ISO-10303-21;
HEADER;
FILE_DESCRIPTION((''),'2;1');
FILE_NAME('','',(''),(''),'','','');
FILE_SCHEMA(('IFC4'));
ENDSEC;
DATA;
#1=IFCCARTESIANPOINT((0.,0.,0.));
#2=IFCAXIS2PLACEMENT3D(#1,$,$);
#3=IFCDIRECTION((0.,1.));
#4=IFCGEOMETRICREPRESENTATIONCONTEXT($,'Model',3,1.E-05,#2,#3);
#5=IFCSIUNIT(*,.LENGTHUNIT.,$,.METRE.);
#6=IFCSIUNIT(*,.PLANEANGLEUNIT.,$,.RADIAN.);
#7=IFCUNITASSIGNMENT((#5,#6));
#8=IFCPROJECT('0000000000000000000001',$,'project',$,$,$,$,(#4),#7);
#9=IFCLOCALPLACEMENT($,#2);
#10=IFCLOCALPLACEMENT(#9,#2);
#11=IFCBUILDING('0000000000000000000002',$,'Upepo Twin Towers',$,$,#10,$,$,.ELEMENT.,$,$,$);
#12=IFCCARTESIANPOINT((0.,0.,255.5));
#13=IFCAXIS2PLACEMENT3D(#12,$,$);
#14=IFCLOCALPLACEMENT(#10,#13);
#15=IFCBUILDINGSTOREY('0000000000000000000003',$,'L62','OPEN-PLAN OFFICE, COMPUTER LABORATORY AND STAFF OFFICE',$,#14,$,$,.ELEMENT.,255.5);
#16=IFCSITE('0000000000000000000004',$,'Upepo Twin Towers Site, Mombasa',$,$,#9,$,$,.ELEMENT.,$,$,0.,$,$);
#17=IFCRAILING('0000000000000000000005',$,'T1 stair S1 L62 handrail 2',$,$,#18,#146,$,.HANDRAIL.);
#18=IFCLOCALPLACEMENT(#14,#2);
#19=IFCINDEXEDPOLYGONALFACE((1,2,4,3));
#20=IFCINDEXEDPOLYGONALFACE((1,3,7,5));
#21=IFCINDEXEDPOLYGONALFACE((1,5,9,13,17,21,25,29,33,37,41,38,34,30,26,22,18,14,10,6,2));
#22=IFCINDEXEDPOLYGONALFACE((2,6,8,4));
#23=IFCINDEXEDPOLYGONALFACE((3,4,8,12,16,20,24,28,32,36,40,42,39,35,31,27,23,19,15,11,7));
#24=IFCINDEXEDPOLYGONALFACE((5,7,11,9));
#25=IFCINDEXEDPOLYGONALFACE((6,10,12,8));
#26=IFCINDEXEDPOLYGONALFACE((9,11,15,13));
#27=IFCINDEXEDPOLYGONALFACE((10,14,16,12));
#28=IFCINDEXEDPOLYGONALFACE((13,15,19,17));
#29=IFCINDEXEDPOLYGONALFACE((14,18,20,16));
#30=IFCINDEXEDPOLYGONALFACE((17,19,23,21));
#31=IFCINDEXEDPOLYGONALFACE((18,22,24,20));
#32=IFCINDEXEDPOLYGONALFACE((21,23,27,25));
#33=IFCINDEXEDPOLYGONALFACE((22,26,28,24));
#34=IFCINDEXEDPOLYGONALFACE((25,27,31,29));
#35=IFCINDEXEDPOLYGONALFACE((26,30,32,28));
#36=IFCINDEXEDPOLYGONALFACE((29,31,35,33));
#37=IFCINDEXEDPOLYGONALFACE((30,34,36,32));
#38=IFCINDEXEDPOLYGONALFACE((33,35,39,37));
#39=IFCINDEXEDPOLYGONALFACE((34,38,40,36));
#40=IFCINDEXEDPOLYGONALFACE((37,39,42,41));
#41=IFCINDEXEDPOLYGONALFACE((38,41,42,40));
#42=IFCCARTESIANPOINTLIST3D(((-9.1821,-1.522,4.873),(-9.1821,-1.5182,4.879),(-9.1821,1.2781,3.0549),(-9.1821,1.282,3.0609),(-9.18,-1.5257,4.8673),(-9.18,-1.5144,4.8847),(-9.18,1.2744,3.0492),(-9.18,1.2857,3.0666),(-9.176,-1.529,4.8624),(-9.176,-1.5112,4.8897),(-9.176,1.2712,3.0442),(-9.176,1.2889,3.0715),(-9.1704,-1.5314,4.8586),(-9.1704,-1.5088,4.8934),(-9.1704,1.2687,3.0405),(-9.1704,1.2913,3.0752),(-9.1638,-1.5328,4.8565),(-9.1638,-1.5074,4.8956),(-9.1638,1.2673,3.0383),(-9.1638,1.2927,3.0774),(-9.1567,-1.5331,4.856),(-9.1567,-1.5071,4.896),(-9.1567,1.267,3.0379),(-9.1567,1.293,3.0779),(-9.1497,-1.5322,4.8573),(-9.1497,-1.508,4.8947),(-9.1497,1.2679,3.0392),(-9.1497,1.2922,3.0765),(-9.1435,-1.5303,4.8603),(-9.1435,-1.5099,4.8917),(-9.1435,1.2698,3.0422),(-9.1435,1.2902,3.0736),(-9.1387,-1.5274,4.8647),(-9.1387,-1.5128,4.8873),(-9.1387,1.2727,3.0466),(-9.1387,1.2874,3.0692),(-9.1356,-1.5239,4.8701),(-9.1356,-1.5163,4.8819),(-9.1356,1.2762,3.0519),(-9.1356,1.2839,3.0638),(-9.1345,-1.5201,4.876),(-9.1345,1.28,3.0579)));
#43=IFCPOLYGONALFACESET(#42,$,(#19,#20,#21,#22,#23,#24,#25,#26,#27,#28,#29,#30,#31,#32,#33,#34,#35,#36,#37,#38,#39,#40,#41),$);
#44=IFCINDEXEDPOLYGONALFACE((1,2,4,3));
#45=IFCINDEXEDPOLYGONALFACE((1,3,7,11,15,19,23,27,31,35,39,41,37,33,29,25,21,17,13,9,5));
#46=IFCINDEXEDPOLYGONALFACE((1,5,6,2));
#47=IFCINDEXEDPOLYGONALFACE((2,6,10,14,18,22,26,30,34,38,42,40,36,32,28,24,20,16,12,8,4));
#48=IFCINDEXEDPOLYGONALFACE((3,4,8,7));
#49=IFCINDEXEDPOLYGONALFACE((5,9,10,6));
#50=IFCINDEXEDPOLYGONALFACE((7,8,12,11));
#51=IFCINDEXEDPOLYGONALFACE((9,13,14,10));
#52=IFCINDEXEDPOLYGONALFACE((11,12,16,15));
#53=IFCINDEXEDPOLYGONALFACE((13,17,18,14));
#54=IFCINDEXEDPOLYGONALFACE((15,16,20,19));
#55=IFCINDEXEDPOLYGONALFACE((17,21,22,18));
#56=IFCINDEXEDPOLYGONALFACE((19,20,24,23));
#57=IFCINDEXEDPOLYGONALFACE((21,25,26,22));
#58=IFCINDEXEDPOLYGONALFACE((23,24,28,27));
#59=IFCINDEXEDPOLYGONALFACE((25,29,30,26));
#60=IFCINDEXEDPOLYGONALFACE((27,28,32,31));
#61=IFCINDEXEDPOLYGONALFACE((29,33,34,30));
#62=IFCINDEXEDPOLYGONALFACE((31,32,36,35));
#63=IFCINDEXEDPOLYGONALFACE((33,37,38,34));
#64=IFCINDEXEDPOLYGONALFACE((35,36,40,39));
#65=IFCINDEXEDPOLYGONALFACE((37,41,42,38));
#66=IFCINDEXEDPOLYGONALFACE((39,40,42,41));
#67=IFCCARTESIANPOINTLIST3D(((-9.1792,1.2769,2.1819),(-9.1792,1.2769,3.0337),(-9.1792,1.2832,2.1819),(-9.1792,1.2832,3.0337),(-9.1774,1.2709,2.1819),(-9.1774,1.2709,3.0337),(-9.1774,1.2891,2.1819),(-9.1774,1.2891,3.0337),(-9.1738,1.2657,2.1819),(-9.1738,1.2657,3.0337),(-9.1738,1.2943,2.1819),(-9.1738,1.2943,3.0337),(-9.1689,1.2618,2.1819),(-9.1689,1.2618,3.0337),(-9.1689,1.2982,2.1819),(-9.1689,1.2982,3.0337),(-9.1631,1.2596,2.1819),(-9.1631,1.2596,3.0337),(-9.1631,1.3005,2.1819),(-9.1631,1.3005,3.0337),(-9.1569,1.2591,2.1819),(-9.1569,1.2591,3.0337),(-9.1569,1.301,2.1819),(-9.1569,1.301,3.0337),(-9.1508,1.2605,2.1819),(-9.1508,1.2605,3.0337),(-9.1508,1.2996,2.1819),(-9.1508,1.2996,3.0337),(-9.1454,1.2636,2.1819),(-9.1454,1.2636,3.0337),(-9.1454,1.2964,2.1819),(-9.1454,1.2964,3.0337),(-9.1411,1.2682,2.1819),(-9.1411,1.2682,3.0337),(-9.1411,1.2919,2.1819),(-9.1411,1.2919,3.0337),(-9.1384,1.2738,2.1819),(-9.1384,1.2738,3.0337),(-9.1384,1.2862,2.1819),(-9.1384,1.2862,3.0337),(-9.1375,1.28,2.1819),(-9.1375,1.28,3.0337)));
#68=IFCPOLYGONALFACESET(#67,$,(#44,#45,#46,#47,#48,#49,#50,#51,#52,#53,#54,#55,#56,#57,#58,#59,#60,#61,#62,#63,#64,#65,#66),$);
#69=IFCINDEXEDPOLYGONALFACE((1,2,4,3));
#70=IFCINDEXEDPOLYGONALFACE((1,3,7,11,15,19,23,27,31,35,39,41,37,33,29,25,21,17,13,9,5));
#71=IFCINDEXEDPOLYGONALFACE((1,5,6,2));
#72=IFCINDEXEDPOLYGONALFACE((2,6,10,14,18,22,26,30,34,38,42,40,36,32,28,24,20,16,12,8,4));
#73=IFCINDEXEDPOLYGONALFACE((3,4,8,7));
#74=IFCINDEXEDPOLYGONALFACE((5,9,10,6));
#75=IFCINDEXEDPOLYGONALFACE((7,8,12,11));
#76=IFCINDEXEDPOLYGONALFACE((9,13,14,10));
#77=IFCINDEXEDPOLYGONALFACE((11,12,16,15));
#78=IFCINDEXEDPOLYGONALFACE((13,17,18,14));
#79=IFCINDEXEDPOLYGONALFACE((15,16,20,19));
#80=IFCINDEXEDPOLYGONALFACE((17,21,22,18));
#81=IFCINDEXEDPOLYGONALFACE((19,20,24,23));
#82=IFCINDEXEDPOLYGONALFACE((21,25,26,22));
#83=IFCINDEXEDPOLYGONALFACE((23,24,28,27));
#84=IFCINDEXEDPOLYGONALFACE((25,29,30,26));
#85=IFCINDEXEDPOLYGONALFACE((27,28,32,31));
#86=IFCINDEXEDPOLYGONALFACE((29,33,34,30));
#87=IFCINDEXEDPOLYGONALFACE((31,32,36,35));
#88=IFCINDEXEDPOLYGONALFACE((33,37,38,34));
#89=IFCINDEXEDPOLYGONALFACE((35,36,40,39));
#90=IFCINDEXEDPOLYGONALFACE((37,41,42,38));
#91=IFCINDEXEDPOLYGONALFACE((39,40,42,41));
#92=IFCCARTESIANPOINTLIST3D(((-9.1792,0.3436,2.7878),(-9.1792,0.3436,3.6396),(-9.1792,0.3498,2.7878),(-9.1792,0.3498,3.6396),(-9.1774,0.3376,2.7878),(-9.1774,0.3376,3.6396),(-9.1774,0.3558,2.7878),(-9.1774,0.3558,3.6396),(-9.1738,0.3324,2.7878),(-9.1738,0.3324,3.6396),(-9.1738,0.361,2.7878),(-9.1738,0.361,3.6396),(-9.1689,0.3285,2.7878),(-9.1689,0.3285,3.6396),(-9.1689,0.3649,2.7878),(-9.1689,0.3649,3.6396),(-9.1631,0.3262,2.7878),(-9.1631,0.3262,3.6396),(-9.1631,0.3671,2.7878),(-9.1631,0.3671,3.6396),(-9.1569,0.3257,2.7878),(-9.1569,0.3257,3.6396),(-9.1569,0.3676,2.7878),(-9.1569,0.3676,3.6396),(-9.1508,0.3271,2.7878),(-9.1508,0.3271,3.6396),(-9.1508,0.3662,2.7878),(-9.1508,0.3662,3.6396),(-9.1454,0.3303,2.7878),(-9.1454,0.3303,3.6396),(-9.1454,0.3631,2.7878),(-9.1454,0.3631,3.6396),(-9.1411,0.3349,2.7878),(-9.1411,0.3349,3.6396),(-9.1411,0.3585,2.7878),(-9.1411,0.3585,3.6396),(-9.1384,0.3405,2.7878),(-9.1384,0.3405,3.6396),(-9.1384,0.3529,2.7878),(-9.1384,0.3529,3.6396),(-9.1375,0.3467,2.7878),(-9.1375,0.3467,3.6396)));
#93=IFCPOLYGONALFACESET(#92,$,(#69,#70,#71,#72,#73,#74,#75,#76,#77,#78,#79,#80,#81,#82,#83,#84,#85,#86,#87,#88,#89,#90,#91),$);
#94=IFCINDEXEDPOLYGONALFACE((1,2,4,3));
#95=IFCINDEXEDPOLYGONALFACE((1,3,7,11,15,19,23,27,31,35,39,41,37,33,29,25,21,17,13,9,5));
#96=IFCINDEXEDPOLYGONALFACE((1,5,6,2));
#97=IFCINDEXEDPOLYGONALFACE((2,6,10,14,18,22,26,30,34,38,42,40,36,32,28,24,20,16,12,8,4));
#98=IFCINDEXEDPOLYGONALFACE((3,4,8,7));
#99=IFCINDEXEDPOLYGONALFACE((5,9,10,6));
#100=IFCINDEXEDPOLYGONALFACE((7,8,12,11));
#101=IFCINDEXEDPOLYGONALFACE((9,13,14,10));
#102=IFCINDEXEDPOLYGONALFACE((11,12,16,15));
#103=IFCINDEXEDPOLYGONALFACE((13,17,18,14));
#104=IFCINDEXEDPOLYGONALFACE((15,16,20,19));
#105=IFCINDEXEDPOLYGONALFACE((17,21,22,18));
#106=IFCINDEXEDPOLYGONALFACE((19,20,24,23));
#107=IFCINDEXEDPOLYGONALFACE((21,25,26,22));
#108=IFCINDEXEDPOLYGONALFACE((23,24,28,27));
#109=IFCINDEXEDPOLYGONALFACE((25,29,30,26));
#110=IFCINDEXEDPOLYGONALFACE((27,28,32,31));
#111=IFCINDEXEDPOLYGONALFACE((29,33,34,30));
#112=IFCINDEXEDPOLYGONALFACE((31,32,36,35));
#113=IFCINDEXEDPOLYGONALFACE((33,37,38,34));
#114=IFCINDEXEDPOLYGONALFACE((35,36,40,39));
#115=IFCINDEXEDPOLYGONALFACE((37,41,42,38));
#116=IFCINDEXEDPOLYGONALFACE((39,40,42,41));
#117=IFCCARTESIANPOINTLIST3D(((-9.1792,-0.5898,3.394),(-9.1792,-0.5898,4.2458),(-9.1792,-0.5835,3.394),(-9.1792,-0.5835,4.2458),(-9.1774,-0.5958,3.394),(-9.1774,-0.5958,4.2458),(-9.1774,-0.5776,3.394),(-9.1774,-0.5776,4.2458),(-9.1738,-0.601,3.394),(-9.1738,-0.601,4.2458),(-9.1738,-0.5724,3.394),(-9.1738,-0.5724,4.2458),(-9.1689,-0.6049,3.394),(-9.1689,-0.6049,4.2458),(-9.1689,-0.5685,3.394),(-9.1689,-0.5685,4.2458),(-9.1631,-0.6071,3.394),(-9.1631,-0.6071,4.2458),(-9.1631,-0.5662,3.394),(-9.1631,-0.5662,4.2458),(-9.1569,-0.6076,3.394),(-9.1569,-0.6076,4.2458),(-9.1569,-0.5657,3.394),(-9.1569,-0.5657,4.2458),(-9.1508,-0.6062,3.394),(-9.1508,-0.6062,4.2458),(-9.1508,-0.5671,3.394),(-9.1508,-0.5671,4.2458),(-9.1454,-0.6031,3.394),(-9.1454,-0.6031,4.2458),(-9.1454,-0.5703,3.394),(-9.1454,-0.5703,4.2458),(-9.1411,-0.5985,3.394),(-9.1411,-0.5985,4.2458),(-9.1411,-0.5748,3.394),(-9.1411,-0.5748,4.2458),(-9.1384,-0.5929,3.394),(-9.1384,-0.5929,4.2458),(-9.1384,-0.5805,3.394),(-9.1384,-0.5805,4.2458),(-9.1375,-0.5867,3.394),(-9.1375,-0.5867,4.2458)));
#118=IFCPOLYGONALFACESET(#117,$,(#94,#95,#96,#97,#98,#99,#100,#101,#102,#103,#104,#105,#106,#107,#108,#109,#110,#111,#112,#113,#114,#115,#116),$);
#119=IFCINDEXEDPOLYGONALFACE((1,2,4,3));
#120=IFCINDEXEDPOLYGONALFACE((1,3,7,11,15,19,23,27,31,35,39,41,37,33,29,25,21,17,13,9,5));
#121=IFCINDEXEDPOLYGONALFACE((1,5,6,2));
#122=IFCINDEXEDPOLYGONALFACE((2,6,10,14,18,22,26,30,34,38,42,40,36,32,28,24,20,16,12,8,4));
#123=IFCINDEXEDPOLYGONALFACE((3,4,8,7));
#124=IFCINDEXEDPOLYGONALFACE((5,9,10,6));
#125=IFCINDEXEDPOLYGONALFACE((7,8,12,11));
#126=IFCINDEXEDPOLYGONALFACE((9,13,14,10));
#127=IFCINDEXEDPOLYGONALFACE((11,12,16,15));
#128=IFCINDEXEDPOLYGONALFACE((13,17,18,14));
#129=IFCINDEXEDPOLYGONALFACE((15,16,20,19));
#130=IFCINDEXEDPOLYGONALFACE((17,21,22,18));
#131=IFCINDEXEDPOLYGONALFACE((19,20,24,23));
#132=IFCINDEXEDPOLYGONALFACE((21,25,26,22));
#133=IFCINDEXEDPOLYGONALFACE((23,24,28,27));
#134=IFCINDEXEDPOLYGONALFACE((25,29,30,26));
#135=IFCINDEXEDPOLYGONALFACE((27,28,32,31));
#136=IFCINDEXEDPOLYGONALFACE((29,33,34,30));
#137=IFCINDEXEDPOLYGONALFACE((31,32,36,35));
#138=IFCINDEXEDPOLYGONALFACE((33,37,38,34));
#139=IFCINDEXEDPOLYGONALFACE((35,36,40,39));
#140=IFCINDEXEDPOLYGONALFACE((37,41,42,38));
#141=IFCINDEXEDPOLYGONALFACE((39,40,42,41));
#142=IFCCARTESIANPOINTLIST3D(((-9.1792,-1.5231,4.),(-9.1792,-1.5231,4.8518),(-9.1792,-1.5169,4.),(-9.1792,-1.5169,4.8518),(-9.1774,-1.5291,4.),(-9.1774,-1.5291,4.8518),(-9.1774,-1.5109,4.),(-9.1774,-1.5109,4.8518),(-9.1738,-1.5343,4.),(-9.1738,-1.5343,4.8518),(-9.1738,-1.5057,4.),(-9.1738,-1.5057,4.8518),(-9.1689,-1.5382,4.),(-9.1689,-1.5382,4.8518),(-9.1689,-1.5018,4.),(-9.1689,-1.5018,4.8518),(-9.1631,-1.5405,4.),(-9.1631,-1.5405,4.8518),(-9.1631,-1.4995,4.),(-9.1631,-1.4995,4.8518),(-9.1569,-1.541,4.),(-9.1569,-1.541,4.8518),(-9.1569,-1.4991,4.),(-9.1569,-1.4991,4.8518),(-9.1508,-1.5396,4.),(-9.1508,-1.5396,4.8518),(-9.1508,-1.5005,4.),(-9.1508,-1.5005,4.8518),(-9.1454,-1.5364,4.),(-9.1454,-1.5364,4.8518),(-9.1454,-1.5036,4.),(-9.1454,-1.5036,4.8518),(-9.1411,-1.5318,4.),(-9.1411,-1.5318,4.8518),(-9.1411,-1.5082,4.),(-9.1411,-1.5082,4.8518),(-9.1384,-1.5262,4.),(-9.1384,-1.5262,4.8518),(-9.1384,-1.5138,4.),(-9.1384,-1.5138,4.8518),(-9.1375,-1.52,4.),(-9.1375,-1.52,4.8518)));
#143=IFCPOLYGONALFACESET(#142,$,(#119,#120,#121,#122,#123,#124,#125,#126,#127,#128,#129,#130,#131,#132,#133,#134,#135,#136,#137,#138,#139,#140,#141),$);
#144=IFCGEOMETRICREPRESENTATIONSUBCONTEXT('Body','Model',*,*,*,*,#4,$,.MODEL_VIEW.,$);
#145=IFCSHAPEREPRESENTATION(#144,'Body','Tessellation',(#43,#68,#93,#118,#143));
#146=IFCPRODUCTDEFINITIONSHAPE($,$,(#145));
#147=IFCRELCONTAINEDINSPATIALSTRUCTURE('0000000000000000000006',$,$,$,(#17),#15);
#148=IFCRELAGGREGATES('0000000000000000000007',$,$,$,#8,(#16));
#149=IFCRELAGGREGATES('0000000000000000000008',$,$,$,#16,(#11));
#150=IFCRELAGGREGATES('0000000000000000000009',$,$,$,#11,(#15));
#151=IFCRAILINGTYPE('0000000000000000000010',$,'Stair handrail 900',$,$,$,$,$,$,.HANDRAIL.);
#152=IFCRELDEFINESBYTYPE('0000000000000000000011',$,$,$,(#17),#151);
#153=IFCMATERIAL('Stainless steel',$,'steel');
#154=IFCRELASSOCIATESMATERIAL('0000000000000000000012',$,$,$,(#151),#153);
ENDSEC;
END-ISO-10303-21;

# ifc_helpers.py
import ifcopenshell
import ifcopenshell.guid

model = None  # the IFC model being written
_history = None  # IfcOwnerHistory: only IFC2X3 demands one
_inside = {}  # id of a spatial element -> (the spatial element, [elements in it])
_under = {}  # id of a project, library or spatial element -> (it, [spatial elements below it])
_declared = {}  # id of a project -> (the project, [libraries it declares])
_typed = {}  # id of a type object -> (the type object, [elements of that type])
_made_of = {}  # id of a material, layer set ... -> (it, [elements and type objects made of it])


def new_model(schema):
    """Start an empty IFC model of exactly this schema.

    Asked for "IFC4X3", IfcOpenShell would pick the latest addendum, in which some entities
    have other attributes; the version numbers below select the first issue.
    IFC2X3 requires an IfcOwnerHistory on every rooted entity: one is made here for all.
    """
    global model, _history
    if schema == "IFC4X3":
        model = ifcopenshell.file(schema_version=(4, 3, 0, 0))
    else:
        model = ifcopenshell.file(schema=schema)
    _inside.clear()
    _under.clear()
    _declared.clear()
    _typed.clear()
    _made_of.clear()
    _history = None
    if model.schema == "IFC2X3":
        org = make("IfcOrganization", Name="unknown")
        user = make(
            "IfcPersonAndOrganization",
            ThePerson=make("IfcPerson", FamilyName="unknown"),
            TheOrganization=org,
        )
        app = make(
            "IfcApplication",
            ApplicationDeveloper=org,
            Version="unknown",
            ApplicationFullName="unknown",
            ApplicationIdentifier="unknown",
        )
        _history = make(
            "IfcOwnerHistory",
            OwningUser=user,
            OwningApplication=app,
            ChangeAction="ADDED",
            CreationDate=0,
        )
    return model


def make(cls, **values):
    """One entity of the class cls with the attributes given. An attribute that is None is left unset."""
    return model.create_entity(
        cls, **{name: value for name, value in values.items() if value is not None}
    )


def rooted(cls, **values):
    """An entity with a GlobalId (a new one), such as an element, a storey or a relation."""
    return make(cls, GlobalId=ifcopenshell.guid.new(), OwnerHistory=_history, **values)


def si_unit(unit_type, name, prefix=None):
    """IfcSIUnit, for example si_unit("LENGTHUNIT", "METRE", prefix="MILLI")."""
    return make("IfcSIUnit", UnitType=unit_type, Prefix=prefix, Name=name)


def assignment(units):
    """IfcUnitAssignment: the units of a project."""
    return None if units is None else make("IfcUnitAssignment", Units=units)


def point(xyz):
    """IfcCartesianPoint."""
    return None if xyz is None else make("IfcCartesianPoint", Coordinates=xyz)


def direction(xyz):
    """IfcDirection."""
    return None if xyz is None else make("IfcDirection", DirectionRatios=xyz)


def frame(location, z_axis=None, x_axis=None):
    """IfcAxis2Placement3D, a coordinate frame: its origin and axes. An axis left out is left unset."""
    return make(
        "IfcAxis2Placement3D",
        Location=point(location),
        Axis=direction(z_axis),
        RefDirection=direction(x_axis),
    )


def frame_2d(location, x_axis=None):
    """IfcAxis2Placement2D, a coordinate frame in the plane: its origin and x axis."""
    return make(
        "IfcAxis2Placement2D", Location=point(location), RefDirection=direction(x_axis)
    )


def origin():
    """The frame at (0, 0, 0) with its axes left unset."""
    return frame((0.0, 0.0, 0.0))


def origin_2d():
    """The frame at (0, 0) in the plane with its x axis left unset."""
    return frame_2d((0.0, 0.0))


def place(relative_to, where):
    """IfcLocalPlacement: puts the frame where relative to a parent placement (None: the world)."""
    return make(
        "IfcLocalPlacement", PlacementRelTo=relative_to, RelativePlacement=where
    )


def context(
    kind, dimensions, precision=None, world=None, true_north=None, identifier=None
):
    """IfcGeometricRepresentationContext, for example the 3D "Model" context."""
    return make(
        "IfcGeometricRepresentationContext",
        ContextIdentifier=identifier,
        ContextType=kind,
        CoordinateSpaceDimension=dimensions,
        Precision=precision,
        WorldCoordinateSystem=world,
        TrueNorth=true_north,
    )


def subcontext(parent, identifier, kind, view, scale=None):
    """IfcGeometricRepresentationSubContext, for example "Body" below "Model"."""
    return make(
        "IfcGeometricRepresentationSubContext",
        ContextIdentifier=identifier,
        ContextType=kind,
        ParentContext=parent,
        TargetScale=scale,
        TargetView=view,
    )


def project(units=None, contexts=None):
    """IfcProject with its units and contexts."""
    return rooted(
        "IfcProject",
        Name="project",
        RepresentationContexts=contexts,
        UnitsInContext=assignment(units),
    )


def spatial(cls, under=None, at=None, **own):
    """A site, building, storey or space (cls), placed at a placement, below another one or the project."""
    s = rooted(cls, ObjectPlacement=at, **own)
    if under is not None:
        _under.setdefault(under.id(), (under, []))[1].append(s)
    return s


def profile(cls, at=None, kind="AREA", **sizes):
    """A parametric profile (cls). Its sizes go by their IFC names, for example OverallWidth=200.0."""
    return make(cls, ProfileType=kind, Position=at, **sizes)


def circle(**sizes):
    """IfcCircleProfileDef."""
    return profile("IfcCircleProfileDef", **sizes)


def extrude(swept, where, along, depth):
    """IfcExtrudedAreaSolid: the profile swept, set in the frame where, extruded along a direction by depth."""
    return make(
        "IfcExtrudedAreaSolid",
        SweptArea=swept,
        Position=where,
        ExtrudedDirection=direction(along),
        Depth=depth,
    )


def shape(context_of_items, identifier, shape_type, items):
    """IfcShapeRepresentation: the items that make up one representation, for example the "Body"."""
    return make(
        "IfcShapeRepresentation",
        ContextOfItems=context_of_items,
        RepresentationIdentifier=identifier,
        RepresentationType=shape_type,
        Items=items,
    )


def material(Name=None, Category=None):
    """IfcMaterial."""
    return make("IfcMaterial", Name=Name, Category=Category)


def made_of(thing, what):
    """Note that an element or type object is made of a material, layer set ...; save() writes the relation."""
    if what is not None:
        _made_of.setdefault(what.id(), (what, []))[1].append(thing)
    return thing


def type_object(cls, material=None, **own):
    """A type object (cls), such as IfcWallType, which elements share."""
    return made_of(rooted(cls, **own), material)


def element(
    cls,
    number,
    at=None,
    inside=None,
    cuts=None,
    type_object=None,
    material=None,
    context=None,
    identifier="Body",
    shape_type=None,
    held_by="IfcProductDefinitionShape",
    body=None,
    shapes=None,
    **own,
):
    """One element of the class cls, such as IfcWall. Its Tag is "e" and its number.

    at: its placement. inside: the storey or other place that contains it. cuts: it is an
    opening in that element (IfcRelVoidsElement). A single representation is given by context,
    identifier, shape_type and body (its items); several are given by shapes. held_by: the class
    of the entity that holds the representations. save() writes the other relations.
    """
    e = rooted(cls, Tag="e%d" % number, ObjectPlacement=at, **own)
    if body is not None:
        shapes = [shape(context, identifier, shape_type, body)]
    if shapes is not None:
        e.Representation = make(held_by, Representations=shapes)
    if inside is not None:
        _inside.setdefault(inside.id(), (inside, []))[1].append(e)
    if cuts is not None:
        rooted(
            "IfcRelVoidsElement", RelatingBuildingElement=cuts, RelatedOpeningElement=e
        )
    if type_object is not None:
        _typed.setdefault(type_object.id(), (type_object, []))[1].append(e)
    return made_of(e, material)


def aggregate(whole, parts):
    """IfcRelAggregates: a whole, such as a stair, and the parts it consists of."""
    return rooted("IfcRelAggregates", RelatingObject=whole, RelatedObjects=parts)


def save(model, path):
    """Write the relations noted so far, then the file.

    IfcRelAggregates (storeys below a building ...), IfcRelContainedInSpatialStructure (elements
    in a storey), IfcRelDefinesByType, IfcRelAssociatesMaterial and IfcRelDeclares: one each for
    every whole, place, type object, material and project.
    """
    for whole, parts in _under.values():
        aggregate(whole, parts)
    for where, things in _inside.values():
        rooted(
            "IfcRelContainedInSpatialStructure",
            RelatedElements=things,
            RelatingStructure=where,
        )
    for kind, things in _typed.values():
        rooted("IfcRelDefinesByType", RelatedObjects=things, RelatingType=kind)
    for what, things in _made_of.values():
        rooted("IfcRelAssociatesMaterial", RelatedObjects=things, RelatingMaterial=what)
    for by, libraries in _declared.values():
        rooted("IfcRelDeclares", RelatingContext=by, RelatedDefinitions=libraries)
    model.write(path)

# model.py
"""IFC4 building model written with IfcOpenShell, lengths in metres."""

from ifc_helpers import new_model, si_unit, direction, frame, origin, origin_2d, place, context, subcontext, project, spatial, circle, extrude, material, type_object, element, save


model = new_model("IFC4")

# Units and contexts
model_context = context("Model", 3, precision=1e-05, world=origin(), true_north=direction((0.0, 1.0)))
body_context = subcontext(model_context, "Body", "Model", "MODEL_VIEW")
ifc_project = project(units=[si_unit("LENGTHUNIT", "METRE"), si_unit("PLANEANGLEUNIT", "RADIAN")], contexts=[model_context])

# Site, building, storey
site_placement = place(None, origin())
site = spatial("IfcSite", under=ifc_project, at=site_placement, Name="Upepo Twin Towers Site, Mombasa", CompositionType="ELEMENT", RefElevation=0.0)
building_placement = place(site_placement, origin())
building = spatial("IfcBuilding", under=site, at=building_placement, Name="Upepo Twin Towers", CompositionType="ELEMENT")
storey_placement = place(building_placement, frame((0.0, 0.0, 255.5)))
storey = spatial("IfcBuildingStorey", under=building, at=storey_placement, Name="L62", Description="OPEN-PLAN OFFICE, COMPUTER LABORATORY AND STAFF OFFICE", CompositionType="ELEMENT", Elevation=255.5)

# Railing
ifc_material_1 = material(Name="Stainless steel", Category="steel")
railing_type = type_object("IfcRailingType", Name="Stair handrail 900", PredefinedType="HANDRAIL", material=ifc_material_1)
railing_placement = place(storey_placement, frame((-9.1584, 1.28, 2.1819)))
element("IfcRailing", 1, at=railing_placement, inside=storey, type_object=railing_type, Name="T1 stair S1 L62 handrail 2", PredefinedType="HANDRAIL", context=body_context, shape_type="SweptSolid", body=[
    extrude(circle(Radius=0.0239, at=origin_2d()), frame((0.0, 0.0, 0.876), z_axis=(0.0, -0.838706, 0.544585), x_axis=(1.0, 0.0, 0.0)), (0.0, 0.0, 1.0), 3.3386),
    extrude(circle(Radius=0.021, at=origin_2d()), origin(), (0.0, 0.0, 1.0), 0.8518),
    extrude(circle(Radius=0.021, at=origin_2d()), frame((0.0, -0.9333, 0.606)), (0.0, 0.0, 1.0), 0.8518),
    extrude(circle(Radius=0.021, at=origin_2d()), frame((0.0, -1.8667, 1.2122)), (0.0, 0.0, 1.0), 0.8518),
    extrude(circle(Radius=0.021, at=origin_2d()), frame((0.0, -2.8, 1.8181)), (0.0, 0.0, 1.0), 0.8518),
])

save(model, "model.ifc")
